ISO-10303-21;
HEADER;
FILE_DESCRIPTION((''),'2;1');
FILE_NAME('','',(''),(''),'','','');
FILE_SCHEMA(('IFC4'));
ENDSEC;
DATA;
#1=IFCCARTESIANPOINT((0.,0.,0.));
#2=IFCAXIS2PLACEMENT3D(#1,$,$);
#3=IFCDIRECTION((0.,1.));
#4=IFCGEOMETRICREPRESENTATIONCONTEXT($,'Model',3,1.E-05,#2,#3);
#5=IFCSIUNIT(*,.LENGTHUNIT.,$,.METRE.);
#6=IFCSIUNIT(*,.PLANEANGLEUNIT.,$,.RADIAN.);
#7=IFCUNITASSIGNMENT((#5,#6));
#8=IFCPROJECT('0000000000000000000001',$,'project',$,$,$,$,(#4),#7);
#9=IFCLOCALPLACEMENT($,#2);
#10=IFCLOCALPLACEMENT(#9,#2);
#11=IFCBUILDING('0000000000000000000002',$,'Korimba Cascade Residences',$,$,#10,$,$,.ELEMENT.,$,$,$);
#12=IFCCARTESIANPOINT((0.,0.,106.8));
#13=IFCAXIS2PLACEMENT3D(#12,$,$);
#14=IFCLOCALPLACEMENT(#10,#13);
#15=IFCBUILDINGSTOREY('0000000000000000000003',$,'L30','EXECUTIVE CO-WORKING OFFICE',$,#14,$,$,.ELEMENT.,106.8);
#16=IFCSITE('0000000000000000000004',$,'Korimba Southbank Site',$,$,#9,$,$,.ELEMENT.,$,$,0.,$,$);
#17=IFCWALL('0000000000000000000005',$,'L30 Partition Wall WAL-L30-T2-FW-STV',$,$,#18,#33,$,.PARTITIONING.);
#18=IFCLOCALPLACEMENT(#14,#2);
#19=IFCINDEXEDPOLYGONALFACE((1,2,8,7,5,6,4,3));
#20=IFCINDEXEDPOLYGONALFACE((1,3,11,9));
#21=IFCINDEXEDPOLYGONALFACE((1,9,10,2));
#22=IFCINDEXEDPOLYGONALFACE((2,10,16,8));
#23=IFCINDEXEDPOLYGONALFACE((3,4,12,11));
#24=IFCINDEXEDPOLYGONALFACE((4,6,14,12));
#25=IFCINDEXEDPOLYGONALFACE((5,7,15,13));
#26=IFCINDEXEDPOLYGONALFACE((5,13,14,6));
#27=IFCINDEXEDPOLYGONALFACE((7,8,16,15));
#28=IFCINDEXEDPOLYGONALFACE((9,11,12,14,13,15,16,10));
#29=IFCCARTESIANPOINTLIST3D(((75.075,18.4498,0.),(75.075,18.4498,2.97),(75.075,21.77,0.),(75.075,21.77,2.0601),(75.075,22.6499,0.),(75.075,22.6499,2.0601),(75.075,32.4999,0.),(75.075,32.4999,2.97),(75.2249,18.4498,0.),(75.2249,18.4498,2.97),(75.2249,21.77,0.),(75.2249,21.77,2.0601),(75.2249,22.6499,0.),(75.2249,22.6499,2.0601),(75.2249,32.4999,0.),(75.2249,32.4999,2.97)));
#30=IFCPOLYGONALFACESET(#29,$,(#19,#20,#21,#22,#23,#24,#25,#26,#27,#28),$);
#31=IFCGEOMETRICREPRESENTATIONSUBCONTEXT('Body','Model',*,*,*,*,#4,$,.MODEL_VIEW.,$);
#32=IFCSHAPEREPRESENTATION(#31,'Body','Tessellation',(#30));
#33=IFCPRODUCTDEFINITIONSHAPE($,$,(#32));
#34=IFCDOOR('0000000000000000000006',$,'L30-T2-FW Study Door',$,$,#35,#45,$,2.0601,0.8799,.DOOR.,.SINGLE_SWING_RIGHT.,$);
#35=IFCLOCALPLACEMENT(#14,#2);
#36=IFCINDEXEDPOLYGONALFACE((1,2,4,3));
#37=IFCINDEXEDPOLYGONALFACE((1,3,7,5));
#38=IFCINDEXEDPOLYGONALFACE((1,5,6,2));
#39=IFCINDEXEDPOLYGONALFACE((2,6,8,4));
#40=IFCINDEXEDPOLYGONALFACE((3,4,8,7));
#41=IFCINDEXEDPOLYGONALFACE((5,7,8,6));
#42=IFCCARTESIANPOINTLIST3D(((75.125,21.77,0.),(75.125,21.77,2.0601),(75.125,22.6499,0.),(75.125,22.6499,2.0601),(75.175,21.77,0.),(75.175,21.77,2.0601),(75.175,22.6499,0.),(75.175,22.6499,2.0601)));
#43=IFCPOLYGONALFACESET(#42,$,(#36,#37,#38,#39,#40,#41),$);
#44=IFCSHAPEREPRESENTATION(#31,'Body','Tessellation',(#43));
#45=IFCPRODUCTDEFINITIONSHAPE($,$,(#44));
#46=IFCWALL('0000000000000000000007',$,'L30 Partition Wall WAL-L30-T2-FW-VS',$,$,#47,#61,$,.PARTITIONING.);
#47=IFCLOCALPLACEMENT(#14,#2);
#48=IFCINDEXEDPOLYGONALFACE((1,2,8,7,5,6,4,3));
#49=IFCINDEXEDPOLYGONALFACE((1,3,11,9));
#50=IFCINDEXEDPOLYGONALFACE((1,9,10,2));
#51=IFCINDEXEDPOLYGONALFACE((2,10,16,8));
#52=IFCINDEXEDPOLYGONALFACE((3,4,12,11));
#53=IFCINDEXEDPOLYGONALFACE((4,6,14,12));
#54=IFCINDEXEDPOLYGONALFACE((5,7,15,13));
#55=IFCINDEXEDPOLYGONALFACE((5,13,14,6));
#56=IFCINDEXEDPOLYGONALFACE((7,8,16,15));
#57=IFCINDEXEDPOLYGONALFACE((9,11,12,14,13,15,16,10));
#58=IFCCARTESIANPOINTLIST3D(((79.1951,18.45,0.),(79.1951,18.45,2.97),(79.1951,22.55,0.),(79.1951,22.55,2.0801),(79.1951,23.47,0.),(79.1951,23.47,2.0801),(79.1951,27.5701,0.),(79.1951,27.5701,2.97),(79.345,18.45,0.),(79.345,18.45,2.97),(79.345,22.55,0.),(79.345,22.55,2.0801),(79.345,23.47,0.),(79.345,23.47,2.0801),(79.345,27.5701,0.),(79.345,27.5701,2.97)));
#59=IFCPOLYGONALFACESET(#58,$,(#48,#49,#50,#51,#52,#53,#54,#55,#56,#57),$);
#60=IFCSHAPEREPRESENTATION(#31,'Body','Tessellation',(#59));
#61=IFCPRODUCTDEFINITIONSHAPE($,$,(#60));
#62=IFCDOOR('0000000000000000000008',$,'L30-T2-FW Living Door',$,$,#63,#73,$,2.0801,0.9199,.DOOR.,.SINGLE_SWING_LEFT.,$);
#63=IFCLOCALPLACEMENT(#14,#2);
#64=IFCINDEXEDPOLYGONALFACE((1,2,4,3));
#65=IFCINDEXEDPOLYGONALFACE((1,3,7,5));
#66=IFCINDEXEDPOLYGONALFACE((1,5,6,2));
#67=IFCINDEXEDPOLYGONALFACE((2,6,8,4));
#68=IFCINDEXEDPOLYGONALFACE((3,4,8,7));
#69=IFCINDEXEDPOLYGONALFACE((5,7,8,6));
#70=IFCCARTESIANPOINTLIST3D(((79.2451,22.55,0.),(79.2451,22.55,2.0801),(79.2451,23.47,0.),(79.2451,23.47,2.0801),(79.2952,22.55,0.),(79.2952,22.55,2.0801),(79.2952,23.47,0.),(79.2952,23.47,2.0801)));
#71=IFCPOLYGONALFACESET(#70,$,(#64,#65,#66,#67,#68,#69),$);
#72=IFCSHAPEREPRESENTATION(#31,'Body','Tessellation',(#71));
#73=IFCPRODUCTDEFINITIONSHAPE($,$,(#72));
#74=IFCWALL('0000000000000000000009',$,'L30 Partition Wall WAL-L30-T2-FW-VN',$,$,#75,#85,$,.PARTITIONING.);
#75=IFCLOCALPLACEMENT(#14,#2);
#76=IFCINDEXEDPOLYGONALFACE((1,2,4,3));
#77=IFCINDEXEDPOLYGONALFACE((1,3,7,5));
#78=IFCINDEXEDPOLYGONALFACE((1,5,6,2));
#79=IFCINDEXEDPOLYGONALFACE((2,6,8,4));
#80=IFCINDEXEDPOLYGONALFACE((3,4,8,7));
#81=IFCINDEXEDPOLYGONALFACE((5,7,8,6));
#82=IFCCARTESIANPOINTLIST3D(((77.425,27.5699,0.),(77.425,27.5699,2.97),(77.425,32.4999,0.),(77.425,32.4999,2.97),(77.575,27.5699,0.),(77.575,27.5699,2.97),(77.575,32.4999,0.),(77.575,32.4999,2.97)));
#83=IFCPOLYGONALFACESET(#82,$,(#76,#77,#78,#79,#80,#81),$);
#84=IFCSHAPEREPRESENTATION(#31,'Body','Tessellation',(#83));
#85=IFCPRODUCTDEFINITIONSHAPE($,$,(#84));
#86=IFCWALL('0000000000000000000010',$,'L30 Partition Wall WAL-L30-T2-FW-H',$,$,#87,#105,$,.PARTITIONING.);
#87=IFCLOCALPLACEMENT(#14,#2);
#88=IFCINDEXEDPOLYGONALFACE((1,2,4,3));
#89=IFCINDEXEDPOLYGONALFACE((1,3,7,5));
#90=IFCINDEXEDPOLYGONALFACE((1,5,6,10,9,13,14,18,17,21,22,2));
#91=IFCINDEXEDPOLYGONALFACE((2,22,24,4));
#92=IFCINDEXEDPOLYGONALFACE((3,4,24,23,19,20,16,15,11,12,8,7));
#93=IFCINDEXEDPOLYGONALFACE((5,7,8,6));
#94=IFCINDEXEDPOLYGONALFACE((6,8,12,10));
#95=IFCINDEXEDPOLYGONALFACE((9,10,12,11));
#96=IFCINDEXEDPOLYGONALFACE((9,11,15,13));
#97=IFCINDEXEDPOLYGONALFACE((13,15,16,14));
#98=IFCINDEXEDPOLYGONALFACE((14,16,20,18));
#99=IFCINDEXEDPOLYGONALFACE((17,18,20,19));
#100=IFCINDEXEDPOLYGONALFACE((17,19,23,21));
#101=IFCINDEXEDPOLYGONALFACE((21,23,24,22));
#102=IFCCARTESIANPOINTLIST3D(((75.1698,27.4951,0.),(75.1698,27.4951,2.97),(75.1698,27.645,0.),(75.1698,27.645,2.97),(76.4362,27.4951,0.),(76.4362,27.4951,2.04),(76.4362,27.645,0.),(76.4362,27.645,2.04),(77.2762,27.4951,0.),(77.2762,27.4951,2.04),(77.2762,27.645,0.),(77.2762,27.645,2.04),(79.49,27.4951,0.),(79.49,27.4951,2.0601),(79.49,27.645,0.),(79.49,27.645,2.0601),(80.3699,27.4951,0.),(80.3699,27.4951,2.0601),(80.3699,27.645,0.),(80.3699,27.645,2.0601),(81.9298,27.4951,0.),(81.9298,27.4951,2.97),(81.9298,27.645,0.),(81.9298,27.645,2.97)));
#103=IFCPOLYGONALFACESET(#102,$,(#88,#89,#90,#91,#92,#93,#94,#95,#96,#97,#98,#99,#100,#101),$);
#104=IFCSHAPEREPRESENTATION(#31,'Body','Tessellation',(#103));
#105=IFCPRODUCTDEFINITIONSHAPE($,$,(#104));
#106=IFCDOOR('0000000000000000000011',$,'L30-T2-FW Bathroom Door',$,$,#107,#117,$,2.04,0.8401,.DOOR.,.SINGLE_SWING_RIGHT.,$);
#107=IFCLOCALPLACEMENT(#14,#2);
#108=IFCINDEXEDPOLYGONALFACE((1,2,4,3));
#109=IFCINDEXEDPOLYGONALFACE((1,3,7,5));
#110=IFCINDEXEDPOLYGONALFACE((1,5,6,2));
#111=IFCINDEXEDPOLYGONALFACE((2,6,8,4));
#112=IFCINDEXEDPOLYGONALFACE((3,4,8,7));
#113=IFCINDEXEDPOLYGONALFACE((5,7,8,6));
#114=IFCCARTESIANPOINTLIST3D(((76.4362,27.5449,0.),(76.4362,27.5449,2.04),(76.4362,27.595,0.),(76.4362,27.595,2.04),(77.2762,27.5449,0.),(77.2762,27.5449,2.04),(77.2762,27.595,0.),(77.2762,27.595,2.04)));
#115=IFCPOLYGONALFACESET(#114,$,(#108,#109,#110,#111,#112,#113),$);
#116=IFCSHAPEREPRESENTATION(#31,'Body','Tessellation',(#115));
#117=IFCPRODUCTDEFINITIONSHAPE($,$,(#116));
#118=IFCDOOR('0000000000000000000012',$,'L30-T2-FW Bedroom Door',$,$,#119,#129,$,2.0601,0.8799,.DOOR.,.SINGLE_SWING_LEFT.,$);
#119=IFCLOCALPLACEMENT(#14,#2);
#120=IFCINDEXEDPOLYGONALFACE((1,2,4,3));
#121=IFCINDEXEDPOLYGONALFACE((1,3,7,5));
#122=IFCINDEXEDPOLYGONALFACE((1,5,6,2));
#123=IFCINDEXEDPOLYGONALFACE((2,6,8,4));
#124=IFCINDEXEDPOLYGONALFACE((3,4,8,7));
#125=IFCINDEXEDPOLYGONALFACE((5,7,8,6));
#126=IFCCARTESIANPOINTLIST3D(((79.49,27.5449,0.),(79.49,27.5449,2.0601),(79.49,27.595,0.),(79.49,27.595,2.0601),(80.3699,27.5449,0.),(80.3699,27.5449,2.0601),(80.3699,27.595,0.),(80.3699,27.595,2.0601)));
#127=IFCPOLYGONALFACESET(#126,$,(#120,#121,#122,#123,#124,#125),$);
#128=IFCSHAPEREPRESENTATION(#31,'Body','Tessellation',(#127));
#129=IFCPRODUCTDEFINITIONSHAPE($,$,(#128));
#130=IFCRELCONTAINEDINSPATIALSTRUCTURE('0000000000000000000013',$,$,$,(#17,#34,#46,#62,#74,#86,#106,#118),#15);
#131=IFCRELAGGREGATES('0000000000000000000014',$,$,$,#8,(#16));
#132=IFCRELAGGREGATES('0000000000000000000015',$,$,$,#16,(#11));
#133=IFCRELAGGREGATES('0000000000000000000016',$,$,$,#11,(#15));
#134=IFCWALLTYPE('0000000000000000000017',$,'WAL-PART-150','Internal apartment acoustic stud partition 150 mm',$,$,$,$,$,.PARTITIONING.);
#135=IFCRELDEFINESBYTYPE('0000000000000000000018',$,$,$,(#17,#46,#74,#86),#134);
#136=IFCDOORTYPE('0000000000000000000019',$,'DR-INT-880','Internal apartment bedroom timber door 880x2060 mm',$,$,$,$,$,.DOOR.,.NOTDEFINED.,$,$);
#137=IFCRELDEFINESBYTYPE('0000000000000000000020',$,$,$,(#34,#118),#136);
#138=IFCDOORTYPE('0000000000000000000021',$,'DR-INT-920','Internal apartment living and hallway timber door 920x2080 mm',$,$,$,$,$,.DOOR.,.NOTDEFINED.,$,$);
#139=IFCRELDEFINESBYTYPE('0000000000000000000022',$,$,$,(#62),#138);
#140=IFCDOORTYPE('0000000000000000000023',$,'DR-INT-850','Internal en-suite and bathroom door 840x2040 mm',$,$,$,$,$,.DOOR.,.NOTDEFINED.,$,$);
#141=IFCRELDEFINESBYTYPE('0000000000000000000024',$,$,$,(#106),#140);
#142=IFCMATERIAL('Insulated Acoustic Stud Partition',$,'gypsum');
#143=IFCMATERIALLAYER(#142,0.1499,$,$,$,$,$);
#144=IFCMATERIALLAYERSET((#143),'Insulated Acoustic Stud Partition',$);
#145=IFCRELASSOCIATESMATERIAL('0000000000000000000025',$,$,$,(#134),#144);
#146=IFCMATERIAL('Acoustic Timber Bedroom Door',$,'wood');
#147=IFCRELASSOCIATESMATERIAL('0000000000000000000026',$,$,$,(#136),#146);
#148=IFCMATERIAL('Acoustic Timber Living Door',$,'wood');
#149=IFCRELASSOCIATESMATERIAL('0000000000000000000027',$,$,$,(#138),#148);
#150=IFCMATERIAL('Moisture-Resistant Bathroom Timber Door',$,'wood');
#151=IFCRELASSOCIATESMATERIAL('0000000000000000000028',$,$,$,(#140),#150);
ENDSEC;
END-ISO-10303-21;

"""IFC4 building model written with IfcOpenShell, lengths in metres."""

from ifc_helpers import new_model, si_unit, direction, frame, frame_2d, origin, place, context, subcontext, project, spatial, rectangle, extrude, material, layer, layer_set, type_object, element, fill, save


model = new_model("IFC4")

# Units and contexts
model_context = context("Model", 3, precision=1e-05, world=origin(), true_north=direction((0.0, 1.0)))
body_context = subcontext(model_context, "Body", "Model", "MODEL_VIEW")
ifc_project = project(units=[si_unit("LENGTHUNIT", "METRE"), si_unit("PLANEANGLEUNIT", "RADIAN")], contexts=[model_context])

# Site, building, storey
site_placement = place(None, origin())
site = spatial("IfcSite", under=ifc_project, at=site_placement, Name="Korimba Southbank Site", CompositionType="ELEMENT", RefElevation=0.0)
building_placement = place(site_placement, origin())
building = spatial("IfcBuilding", under=site, at=building_placement, Name="Korimba Cascade Residences", CompositionType="ELEMENT")
storey_placement = place(building_placement, frame((0.0, 0.0, 106.8)))
storey = spatial("IfcBuildingStorey", under=building, at=storey_placement, Name="L30", Description="EXECUTIVE CO-WORKING OFFICE", CompositionType="ELEMENT", Elevation=106.8)

# Walls, openings, doors
ifc_material_1 = material(Name="Insulated Acoustic Stud Partition", Category="gypsum")
ifc_layer_1 = layer(ifc_material_1, 0.1499)
ifc_layer_set_1 = layer_set([ifc_layer_1], Name="Insulated Acoustic Stud Partition")
wall_type_1 = type_object("IfcWallType", Name="WAL-PART-150", Description="Internal apartment acoustic stud partition 150 mm", PredefinedType="PARTITIONING", material=ifc_layer_set_1)
wall_1_placement = place(storey_placement, frame((75.1499, 18.45, 0.0), z_axis=(0.0, 0.0, 1.0), x_axis=(0.0, 1.0, 0.0)))
wall_1 = element("IfcWall", 1, at=wall_1_placement, inside=storey, type_object=wall_type_1, Name="L30 Partition Wall WAL-L30-T2-FW-STV", PredefinedType="PARTITIONING", context=body_context, shape_type="SweptSolid", body=[
    extrude(rectangle(XDim=14.05, YDim=0.1499, at=frame_2d((7.0249, 0.0))), origin(), (0.0, 0.0, 1.0), 2.97),
])
opening_1_placement = place(wall_1_placement, frame((3.3201, 0.0, 0.0)))
opening_1 = element("IfcOpeningElement", 2, at=opening_1_placement, cuts=wall_1, PredefinedType="OPENING", context=body_context, shape_type="SweptSolid", body=[
    extrude(rectangle(XDim=0.8799, YDim=2.0601, at=frame_2d((0.4399, 1.03))), frame((0.0, 0.085, 0.0), z_axis=(0.0, -1.0, 0.0), x_axis=(1.0, 0.0, 0.0)), (0.0, 0.0, 1.0), 0.1699),
])
ifc_material_2 = material(Name="Acoustic Timber Bedroom Door", Category="wood")
door_type_1 = type_object("IfcDoorType", Name="DR-INT-880", Description="Internal apartment bedroom timber door 880x2060 mm", OperationType="NOTDEFINED", PredefinedType="DOOR", material=ifc_material_2)
door_1_placement = place(opening_1_placement, origin())
door_1 = element("IfcDoor", 3, at=door_1_placement, inside=storey, type_object=door_type_1, Name="L30-T2-FW Study Door", OperationType="SINGLE_SWING_RIGHT", OverallHeight=2.0601, OverallWidth=0.8799, PredefinedType="DOOR", context=body_context, shape_type="SweptSolid", body=[
    extrude(rectangle(XDim=0.8799, YDim=2.0601, at=frame_2d((0.4399, 1.03))), frame((0.0, 0.0249, 0.0), z_axis=(0.0, -1.0, 0.0), x_axis=(1.0, 0.0, 0.0)), (0.0, 0.0, 1.0), 0.05),
])
fill(opening_1, door_1)
wall_2_placement = place(storey_placement, frame((79.27, 18.45, 0.0), z_axis=(0.0, 0.0, 1.0), x_axis=(0.0, 1.0, 0.0)))
wall_2 = element("IfcWall", 4, at=wall_2_placement, inside=storey, type_object=wall_type_1, Name="L30 Partition Wall WAL-L30-T2-FW-VS", PredefinedType="PARTITIONING", context=body_context, shape_type="SweptSolid", body=[
    extrude(rectangle(XDim=9.1201, YDim=0.1499, at=frame_2d((4.5601, 0.0))), origin(), (0.0, 0.0, 1.0), 2.97),
])
opening_2_placement = place(wall_2_placement, frame((4.1001, 0.0, 0.0)))
opening_2 = element("IfcOpeningElement", 5, at=opening_2_placement, cuts=wall_2, PredefinedType="OPENING", context=body_context, shape_type="SweptSolid", body=[
    extrude(rectangle(XDim=0.9199, YDim=2.0801, at=frame_2d((0.46, 1.04))), frame((0.0, 0.085, 0.0), z_axis=(0.0, -1.0, 0.0), x_axis=(1.0, 0.0, 0.0)), (0.0, 0.0, 1.0), 0.1699),
])
ifc_material_3 = material(Name="Acoustic Timber Living Door", Category="wood")
door_type_2 = type_object("IfcDoorType", Name="DR-INT-920", Description="Internal apartment living and hallway timber door 920x2080 mm", OperationType="NOTDEFINED", PredefinedType="DOOR", material=ifc_material_3)
door_2_placement = place(opening_2_placement, origin())
door_2 = element("IfcDoor", 6, at=door_2_placement, inside=storey, type_object=door_type_2, Name="L30-T2-FW Living Door", OperationType="SINGLE_SWING_LEFT", OverallHeight=2.0801, OverallWidth=0.9199, PredefinedType="DOOR", context=body_context, shape_type="SweptSolid", body=[
    extrude(rectangle(XDim=0.9199, YDim=2.0801, at=frame_2d((0.46, 1.04))), frame((0.0, 0.0249, 0.0), z_axis=(0.0, -1.0, 0.0), x_axis=(1.0, 0.0, 0.0)), (0.0, 0.0, 1.0), 0.05),
])
fill(opening_2, door_2)

# Wall
wall_3_placement = place(storey_placement, frame((77.5, 27.5701, 0.0), z_axis=(0.0, 0.0, 1.0), x_axis=(0.0, 1.0, 0.0)))
element("IfcWall", 7, at=wall_3_placement, inside=storey, type_object=wall_type_1, Name="L30 Partition Wall WAL-L30-T2-FW-VN", PredefinedType="PARTITIONING", context=body_context, shape_type="SweptSolid", body=[
    extrude(rectangle(XDim=4.9299, YDim=0.1499, at=frame_2d((2.4648, 0.0))), origin(), (0.0, 0.0, 1.0), 2.97),
])

# Wall, openings, doors
wall_4_placement = place(storey_placement, frame((75.1699, 27.5701, 0.0), z_axis=(0.0, 0.0, 1.0), x_axis=(1.0, 0.0, 0.0)))
wall_4 = element("IfcWall", 8, at=wall_4_placement, inside=storey, type_object=wall_type_1, Name="L30 Partition Wall WAL-L30-T2-FW-H", PredefinedType="PARTITIONING", context=body_context, shape_type="SweptSolid", body=[
    extrude(rectangle(XDim=6.76, YDim=0.1499, at=frame_2d((3.3799, 0.0))), origin(), (0.0, 0.0, 1.0), 2.97),
])
opening_3_placement = place(wall_4_placement, frame((1.2664, 0.0, 0.0)))
opening_3 = element("IfcOpeningElement", 9, at=opening_3_placement, cuts=wall_4, PredefinedType="OPENING", context=body_context, shape_type="SweptSolid", body=[
    extrude(rectangle(XDim=0.8401, YDim=2.04, at=frame_2d((0.4199, 1.02))), frame((0.0, 0.085, 0.0), z_axis=(0.0, -1.0, 0.0), x_axis=(1.0, 0.0, 0.0)), (0.0, 0.0, 1.0), 0.1699),
])
opening_4_placement = place(wall_4_placement, frame((4.3201, 0.0, 0.0)))
opening_4 = element("IfcOpeningElement", 10, at=opening_4_placement, cuts=wall_4, PredefinedType="OPENING", context=body_context, shape_type="SweptSolid", body=[
    extrude(rectangle(XDim=0.8799, YDim=2.0601, at=frame_2d((0.4399, 1.03))), frame((0.0, 0.085, 0.0), z_axis=(0.0, -1.0, 0.0), x_axis=(1.0, 0.0, 0.0)), (0.0, 0.0, 1.0), 0.1699),
])
ifc_material_4 = material(Name="Moisture-Resistant Bathroom Timber Door", Category="wood")
door_type_3 = type_object("IfcDoorType", Name="DR-INT-850", Description="Internal en-suite and bathroom door 840x2040 mm", OperationType="NOTDEFINED", PredefinedType="DOOR", material=ifc_material_4)
door_3_placement = place(opening_3_placement, origin())
door_3 = element("IfcDoor", 11, at=door_3_placement, inside=storey, type_object=door_type_3, Name="L30-T2-FW Bathroom Door", OperationType="SINGLE_SWING_RIGHT", OverallHeight=2.04, OverallWidth=0.8401, PredefinedType="DOOR", context=body_context, shape_type="SweptSolid", body=[
    extrude(rectangle(XDim=0.8401, YDim=2.04, at=frame_2d((0.4199, 1.02))), frame((0.0, 0.0249, 0.0), z_axis=(0.0, -1.0, 0.0), x_axis=(1.0, 0.0, 0.0)), (0.0, 0.0, 1.0), 0.05),
])
fill(opening_3, door_3)
door_4_placement = place(opening_4_placement, origin())
door_4 = element("IfcDoor", 12, at=door_4_placement, inside=storey, type_object=door_type_1, Name="L30-T2-FW Bedroom Door", OperationType="SINGLE_SWING_LEFT", OverallHeight=2.0601, OverallWidth=0.8799, PredefinedType="DOOR", context=body_context, shape_type="SweptSolid", body=[
    extrude(rectangle(XDim=0.8799, YDim=2.0601, at=frame_2d((0.4399, 1.03))), frame((0.0, 0.0249, 0.0), z_axis=(0.0, -1.0, 0.0), x_axis=(1.0, 0.0, 0.0)), (0.0, 0.0, 1.0), 0.05),
])
fill(opening_4, door_4)

save(model, "model.ifc")
